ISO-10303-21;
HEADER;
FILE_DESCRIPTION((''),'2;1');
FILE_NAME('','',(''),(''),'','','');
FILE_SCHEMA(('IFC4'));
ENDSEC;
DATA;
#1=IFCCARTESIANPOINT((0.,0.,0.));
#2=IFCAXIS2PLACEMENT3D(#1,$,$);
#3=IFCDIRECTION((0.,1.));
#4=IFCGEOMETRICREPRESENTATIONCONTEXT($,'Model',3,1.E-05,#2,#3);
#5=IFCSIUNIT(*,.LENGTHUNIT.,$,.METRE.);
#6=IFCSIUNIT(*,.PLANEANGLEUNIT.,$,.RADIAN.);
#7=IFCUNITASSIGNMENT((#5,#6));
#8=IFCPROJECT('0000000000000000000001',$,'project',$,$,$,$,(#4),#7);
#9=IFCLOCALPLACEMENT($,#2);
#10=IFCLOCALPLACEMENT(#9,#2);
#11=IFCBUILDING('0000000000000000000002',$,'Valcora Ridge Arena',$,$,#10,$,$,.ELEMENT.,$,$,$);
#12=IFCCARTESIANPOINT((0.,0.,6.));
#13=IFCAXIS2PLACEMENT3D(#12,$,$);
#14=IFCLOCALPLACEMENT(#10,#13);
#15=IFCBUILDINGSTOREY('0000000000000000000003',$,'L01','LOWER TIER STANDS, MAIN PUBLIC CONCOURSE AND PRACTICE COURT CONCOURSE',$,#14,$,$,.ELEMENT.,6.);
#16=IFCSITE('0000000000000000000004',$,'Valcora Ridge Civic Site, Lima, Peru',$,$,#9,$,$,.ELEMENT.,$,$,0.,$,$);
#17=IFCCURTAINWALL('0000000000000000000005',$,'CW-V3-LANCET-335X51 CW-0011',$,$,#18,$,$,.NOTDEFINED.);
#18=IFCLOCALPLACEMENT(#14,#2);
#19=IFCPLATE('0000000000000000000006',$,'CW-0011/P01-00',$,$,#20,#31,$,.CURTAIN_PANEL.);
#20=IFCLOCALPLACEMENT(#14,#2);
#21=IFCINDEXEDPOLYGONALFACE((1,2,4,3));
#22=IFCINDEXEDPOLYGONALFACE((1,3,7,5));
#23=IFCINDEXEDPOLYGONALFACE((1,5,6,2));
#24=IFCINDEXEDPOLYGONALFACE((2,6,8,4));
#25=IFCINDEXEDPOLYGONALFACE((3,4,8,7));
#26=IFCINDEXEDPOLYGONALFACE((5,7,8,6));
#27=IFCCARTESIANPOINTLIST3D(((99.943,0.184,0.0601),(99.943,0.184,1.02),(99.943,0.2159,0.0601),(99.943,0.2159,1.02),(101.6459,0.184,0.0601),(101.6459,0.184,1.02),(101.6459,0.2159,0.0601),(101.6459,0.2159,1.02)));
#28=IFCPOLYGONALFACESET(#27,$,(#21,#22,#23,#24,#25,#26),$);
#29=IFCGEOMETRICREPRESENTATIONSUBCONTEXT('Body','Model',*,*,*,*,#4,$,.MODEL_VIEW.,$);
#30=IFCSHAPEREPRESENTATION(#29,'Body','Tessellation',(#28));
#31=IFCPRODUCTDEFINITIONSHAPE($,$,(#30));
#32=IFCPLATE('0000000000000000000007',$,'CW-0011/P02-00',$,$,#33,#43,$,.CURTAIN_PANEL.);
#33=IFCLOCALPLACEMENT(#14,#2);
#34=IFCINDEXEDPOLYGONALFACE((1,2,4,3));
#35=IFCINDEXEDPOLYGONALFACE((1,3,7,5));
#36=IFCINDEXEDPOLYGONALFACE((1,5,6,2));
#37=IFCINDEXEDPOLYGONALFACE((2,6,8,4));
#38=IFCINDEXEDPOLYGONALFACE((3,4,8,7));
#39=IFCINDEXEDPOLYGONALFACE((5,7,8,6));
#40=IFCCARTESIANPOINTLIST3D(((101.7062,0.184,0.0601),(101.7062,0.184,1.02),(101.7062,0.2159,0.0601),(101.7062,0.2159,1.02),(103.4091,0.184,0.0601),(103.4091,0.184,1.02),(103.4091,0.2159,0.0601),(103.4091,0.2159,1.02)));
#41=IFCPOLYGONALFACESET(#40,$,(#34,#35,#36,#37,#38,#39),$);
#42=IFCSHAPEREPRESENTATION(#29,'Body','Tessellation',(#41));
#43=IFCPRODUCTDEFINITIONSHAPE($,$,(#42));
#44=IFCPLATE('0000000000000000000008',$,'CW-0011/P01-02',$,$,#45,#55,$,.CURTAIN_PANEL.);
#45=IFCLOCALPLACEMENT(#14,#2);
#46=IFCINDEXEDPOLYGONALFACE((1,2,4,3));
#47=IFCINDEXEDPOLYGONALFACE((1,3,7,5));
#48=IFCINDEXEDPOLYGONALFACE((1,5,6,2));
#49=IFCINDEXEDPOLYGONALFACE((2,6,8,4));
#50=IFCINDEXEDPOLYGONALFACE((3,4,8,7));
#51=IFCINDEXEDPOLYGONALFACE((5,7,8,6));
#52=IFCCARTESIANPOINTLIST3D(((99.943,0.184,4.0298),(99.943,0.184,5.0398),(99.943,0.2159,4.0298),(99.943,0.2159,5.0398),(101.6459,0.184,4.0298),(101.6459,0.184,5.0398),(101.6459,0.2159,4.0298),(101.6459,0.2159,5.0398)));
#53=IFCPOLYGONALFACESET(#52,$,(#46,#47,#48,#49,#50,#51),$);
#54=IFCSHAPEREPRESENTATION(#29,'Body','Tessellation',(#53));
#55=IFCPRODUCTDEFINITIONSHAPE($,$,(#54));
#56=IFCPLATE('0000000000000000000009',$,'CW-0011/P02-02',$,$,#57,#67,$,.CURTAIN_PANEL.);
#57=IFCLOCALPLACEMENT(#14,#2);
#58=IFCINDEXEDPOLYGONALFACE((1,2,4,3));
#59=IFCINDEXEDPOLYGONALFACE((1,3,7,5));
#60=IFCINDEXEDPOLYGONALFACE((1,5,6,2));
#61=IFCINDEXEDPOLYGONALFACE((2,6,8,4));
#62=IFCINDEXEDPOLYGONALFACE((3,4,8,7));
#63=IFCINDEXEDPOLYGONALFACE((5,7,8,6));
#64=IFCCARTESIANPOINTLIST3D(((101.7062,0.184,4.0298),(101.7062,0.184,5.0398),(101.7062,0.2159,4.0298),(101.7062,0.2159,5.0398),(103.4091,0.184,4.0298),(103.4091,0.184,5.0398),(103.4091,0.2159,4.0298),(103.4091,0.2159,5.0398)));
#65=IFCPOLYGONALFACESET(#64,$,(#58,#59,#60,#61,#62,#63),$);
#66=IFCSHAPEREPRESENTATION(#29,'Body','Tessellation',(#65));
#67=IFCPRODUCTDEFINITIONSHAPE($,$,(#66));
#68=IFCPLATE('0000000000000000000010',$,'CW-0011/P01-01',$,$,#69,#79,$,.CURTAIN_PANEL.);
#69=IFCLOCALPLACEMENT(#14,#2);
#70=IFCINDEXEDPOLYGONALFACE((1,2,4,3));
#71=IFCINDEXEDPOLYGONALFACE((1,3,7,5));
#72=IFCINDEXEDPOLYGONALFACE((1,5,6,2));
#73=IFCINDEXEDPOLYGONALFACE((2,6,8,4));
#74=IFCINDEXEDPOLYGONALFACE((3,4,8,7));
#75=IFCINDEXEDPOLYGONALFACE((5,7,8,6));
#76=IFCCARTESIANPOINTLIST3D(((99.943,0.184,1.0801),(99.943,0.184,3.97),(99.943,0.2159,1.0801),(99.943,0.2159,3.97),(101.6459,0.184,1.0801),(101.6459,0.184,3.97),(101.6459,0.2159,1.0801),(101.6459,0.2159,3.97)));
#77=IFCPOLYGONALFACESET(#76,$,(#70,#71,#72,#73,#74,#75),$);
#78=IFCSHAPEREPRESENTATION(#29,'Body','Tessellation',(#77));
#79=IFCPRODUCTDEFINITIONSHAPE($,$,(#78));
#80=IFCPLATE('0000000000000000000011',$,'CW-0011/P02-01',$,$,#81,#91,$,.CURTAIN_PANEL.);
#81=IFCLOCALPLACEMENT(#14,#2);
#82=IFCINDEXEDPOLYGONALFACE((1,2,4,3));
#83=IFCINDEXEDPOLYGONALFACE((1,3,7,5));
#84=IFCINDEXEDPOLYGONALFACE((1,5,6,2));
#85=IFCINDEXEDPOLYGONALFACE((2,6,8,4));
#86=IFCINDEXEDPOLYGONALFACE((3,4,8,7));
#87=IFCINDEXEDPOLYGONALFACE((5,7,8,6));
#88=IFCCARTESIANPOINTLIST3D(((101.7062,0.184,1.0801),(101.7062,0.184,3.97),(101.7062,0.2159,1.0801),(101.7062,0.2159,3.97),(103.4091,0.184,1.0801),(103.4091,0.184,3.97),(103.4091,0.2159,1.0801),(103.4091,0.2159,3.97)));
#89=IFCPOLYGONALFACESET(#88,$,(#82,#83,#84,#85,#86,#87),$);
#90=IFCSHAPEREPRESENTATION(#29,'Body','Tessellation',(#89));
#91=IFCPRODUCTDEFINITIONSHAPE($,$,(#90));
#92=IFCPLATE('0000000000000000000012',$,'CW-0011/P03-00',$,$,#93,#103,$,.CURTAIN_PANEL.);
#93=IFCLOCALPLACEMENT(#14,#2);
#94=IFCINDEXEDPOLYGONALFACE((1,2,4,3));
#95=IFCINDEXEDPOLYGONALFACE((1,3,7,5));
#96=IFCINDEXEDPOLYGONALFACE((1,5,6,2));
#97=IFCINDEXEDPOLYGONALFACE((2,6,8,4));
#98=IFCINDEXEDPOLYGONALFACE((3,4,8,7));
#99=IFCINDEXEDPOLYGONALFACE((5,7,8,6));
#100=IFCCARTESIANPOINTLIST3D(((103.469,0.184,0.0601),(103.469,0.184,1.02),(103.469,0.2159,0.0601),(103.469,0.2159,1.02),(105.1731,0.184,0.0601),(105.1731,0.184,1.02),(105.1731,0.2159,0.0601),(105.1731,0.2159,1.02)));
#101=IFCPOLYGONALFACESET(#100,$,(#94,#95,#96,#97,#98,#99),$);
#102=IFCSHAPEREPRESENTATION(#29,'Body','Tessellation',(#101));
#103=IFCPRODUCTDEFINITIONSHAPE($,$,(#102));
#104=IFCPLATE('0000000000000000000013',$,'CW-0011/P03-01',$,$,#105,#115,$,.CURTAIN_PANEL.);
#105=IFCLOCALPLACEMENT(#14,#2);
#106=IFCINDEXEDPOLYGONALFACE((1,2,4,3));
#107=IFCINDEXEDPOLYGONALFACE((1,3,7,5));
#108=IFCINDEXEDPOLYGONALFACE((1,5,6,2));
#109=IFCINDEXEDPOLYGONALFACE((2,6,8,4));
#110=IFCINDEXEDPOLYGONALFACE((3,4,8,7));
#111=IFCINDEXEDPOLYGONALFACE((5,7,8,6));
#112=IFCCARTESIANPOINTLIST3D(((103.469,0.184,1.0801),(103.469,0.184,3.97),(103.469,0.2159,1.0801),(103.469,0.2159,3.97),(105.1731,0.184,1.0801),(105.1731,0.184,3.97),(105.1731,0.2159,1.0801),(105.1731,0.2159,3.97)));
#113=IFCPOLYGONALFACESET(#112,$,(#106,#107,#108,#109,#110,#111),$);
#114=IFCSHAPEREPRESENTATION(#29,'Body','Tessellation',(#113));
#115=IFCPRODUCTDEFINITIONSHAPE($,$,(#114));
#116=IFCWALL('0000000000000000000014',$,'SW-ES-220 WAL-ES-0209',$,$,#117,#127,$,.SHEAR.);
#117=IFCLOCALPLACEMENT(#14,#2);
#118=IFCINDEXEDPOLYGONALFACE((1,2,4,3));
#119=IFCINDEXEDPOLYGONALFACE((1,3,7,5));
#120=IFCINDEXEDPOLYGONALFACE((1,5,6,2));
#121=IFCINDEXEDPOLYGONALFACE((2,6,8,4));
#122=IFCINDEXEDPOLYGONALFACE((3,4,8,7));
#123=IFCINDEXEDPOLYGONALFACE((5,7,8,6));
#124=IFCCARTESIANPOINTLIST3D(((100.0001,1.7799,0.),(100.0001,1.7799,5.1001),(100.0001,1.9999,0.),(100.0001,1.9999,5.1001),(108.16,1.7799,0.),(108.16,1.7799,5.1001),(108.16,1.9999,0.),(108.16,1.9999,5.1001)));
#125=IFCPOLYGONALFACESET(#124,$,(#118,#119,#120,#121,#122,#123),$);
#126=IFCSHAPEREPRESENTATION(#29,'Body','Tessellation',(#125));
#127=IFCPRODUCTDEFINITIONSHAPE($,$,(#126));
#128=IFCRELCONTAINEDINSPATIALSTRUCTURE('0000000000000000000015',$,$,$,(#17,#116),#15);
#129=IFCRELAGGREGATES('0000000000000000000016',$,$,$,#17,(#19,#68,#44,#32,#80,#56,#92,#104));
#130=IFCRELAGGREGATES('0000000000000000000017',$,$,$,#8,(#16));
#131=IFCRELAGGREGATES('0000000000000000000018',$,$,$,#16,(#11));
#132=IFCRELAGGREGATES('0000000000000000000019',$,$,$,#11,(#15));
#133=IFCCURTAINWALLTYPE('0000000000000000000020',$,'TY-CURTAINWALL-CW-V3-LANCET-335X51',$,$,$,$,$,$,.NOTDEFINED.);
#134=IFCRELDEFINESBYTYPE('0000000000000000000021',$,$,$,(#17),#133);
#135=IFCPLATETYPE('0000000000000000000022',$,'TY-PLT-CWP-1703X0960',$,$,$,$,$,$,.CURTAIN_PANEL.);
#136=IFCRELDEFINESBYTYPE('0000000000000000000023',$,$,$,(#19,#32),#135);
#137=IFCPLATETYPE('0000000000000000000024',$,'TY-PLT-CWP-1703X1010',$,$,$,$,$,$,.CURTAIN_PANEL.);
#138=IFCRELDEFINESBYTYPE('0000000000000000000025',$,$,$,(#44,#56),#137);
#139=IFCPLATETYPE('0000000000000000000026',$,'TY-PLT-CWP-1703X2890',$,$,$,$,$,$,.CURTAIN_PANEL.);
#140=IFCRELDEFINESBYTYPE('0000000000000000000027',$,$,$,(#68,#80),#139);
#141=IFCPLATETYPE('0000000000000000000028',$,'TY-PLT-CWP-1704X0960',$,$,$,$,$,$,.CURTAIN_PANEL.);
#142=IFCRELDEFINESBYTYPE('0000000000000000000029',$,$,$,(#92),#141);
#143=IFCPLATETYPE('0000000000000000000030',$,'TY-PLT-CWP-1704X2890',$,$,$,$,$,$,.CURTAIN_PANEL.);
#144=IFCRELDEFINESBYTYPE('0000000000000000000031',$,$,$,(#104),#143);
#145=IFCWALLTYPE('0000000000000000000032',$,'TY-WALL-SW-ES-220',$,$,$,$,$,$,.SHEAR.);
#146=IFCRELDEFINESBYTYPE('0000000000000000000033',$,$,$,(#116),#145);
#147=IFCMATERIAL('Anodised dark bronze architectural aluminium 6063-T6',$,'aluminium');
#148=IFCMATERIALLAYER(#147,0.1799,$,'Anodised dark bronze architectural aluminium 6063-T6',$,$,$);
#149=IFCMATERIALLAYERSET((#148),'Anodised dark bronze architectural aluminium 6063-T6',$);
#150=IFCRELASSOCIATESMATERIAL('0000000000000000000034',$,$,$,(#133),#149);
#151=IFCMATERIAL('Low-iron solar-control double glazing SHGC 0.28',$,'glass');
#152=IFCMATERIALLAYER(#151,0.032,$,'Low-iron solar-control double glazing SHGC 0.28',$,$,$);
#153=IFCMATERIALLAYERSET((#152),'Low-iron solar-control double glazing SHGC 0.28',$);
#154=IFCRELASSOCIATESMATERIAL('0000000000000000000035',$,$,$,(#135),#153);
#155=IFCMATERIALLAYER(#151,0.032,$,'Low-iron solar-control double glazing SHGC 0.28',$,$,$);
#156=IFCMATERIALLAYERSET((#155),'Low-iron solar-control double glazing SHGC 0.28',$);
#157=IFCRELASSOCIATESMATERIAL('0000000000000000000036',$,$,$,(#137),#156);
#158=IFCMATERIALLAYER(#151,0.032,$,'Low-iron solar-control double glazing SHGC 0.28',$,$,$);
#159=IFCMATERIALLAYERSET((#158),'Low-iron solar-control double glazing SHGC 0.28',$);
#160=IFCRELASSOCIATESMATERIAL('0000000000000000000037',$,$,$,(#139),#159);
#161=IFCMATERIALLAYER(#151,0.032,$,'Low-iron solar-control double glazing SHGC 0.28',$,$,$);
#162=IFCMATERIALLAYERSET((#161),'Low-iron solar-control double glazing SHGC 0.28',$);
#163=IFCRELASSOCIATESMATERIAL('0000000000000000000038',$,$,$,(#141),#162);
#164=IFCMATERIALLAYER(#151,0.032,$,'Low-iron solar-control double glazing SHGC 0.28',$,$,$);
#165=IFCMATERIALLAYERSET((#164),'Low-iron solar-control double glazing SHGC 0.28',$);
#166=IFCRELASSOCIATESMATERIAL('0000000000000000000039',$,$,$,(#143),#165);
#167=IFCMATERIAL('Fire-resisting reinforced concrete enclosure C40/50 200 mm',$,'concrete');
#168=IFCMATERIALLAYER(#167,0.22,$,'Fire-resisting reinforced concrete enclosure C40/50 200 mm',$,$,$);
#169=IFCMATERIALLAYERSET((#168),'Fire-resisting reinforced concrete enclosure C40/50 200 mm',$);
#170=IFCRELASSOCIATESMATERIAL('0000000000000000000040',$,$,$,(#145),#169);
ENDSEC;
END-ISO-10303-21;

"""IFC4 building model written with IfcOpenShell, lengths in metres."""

from ifc_helpers import new_model, si_unit, direction, frame, frame_2d, origin, origin_2d, place, context, subcontext, project, spatial, rectangle, extrude, material, layer, layer_set, type_object, element, aggregate, save


model = new_model("IFC4")

# Units and contexts
model_context = context("Model", 3, precision=1e-05, world=origin(), true_north=direction((0.0, 1.0)))
body_context = subcontext(model_context, "Body", "Model", "MODEL_VIEW")
ifc_project = project(units=[si_unit("LENGTHUNIT", "METRE"), si_unit("PLANEANGLEUNIT", "RADIAN")], contexts=[model_context])

# Site, building, storey
site_placement = place(None, origin())
site = spatial("IfcSite", under=ifc_project, at=site_placement, Name="Valcora Ridge Civic Site, Lima, Peru", CompositionType="ELEMENT", RefElevation=0.0)
building_placement = place(site_placement, origin())
building = spatial("IfcBuilding", under=site, at=building_placement, Name="Valcora Ridge Arena", CompositionType="ELEMENT")
storey_placement = place(building_placement, frame((0.0, 0.0, 6.0)))
storey = spatial("IfcBuildingStorey", under=building, at=storey_placement, Name="L01", Description="LOWER TIER STANDS, MAIN PUBLIC CONCOURSE AND PRACTICE COURT CONCOURSE", CompositionType="ELEMENT", Elevation=6.0)

# Curtain wall, plates
ifc_material_1 = material(Name="Anodised dark bronze architectural aluminium 6063-T6", Category="aluminium")
ifc_layer_1 = layer(ifc_material_1, 0.1799, Name="Anodised dark bronze architectural aluminium 6063-T6")
ifc_layer_set_1 = layer_set([ifc_layer_1], Name="Anodised dark bronze architectural aluminium 6063-T6")
curtain_wall_type = type_object("IfcCurtainWallType", Name="TY-CURTAINWALL-CW-V3-LANCET-335X51", PredefinedType="NOTDEFINED", material=ifc_layer_set_1)
curtain_wall_placement = place(storey_placement, origin())
curtain_wall = element("IfcCurtainWall", 1, at=curtain_wall_placement, inside=storey, type_object=curtain_wall_type, Name="CW-V3-LANCET-335X51 CW-0011", PredefinedType="NOTDEFINED")
ifc_material_2 = material(Name="Low-iron solar-control double glazing SHGC 0.28", Category="glass")
ifc_layer_2 = layer(ifc_material_2, 0.032, Name="Low-iron solar-control double glazing SHGC 0.28")
ifc_layer_set_2 = layer_set([ifc_layer_2], Name="Low-iron solar-control double glazing SHGC 0.28")
plate_type_1 = type_object("IfcPlateType", Name="TY-PLT-CWP-1703X0960", PredefinedType="CURTAIN_PANEL", material=ifc_layer_set_2)
plate_1_placement = place(storey_placement, frame((100.7944, 0.2, 0.0601), z_axis=(0.0, 0.0, 1.0), x_axis=(1.0, 0.0, 0.0)))
plate_1 = element("IfcPlate", 2, at=plate_1_placement, type_object=plate_type_1, Name="CW-0011/P01-00", PredefinedType="CURTAIN_PANEL", context=body_context, shape_type="SweptSolid", body=[
    extrude(rectangle(XDim=1.7029, YDim=0.032, at=origin_2d()), origin(), (0.0, 0.0, 1.0), 0.96),
])
plate_2_placement = place(storey_placement, frame((102.5576, 0.2, 0.0601), z_axis=(0.0, 0.0, 1.0), x_axis=(1.0, 0.0, 0.0)))
plate_2 = element("IfcPlate", 3, at=plate_2_placement, type_object=plate_type_1, Name="CW-0011/P02-00", PredefinedType="CURTAIN_PANEL", context=body_context, shape_type="SweptSolid", body=[
    extrude(rectangle(XDim=1.7029, YDim=0.032, at=origin_2d()), origin(), (0.0, 0.0, 1.0), 0.96),
])
ifc_layer_3 = layer(ifc_material_2, 0.032, Name="Low-iron solar-control double glazing SHGC 0.28")
ifc_layer_set_3 = layer_set([ifc_layer_3], Name="Low-iron solar-control double glazing SHGC 0.28")
plate_type_2 = type_object("IfcPlateType", Name="TY-PLT-CWP-1703X1010", PredefinedType="CURTAIN_PANEL", material=ifc_layer_set_3)
plate_3_placement = place(storey_placement, frame((100.7944, 0.2, 4.0298), z_axis=(0.0, 0.0, 1.0), x_axis=(1.0, 0.0, 0.0)))
plate_3 = element("IfcPlate", 4, at=plate_3_placement, type_object=plate_type_2, Name="CW-0011/P01-02", PredefinedType="CURTAIN_PANEL", context=body_context, shape_type="SweptSolid", body=[
    extrude(rectangle(XDim=1.7029, YDim=0.032, at=origin_2d()), origin(), (0.0, 0.0, 1.0), 1.01),
])
plate_4_placement = place(storey_placement, frame((102.5576, 0.2, 4.0298), z_axis=(0.0, 0.0, 1.0), x_axis=(1.0, 0.0, 0.0)))
plate_4 = element("IfcPlate", 5, at=plate_4_placement, type_object=plate_type_2, Name="CW-0011/P02-02", PredefinedType="CURTAIN_PANEL", context=body_context, shape_type="SweptSolid", body=[
    extrude(rectangle(XDim=1.7029, YDim=0.032, at=origin_2d()), origin(), (0.0, 0.0, 1.0), 1.01),
])
ifc_layer_4 = layer(ifc_material_2, 0.032, Name="Low-iron solar-control double glazing SHGC 0.28")
ifc_layer_set_4 = layer_set([ifc_layer_4], Name="Low-iron solar-control double glazing SHGC 0.28")
plate_type_3 = type_object("IfcPlateType", Name="TY-PLT-CWP-1703X2890", PredefinedType="CURTAIN_PANEL", material=ifc_layer_set_4)
plate_5_placement = place(storey_placement, frame((100.7944, 0.2, 1.0801), z_axis=(0.0, 0.0, 1.0), x_axis=(1.0, 0.0, 0.0)))
plate_5 = element("IfcPlate", 6, at=plate_5_placement, type_object=plate_type_3, Name="CW-0011/P01-01", PredefinedType="CURTAIN_PANEL", context=body_context, shape_type="SweptSolid", body=[
    extrude(rectangle(XDim=1.7029, YDim=0.032, at=origin_2d()), origin(), (0.0, 0.0, 1.0), 2.8899),
])
plate_6_placement = place(storey_placement, frame((102.5576, 0.2, 1.0801), z_axis=(0.0, 0.0, 1.0), x_axis=(1.0, 0.0, 0.0)))
plate_6 = element("IfcPlate", 7, at=plate_6_placement, type_object=plate_type_3, Name="CW-0011/P02-01", PredefinedType="CURTAIN_PANEL", context=body_context, shape_type="SweptSolid", body=[
    extrude(rectangle(XDim=1.7029, YDim=0.032, at=origin_2d()), origin(), (0.0, 0.0, 1.0), 2.8899),
])
ifc_layer_5 = layer(ifc_material_2, 0.032, Name="Low-iron solar-control double glazing SHGC 0.28")
ifc_layer_set_5 = layer_set([ifc_layer_5], Name="Low-iron solar-control double glazing SHGC 0.28")
plate_type_4 = type_object("IfcPlateType", Name="TY-PLT-CWP-1704X0960", PredefinedType="CURTAIN_PANEL", material=ifc_layer_set_5)
plate_7_placement = place(storey_placement, frame((104.321, 0.2, 0.0601), z_axis=(0.0, 0.0, 1.0), x_axis=(1.0, 0.0, 0.0)))
plate_7 = element("IfcPlate", 8, at=plate_7_placement, type_object=plate_type_4, Name="CW-0011/P03-00", PredefinedType="CURTAIN_PANEL", context=body_context, shape_type="SweptSolid", body=[
    extrude(rectangle(XDim=1.7041, YDim=0.032, at=origin_2d()), origin(), (0.0, 0.0, 1.0), 0.96),
])
ifc_layer_6 = layer(ifc_material_2, 0.032, Name="Low-iron solar-control double glazing SHGC 0.28")
ifc_layer_set_6 = layer_set([ifc_layer_6], Name="Low-iron solar-control double glazing SHGC 0.28")
plate_type_5 = type_object("IfcPlateType", Name="TY-PLT-CWP-1704X2890", PredefinedType="CURTAIN_PANEL", material=ifc_layer_set_6)
plate_8_placement = place(storey_placement, frame((104.321, 0.2, 1.0801), z_axis=(0.0, 0.0, 1.0), x_axis=(1.0, 0.0, 0.0)))
plate_8 = element("IfcPlate", 9, at=plate_8_placement, type_object=plate_type_5, Name="CW-0011/P03-01", PredefinedType="CURTAIN_PANEL", context=body_context, shape_type="SweptSolid", body=[
    extrude(rectangle(XDim=1.7041, YDim=0.032, at=origin_2d()), origin(), (0.0, 0.0, 1.0), 2.8899),
])
aggregate(curtain_wall, [plate_1, plate_5, plate_3, plate_2, plate_6, plate_4, plate_7, plate_8])

# Wall
ifc_material_3 = material(Name="Fire-resisting reinforced concrete enclosure C40/50 200 mm", Category="concrete")
ifc_layer_7 = layer(ifc_material_3, 0.22, Name="Fire-resisting reinforced concrete enclosure C40/50 200 mm")
ifc_layer_set_7 = layer_set([ifc_layer_7], Name="Fire-resisting reinforced concrete enclosure C40/50 200 mm")
wall_type = type_object("IfcWallType", Name="TY-WALL-SW-ES-220", PredefinedType="SHEAR", material=ifc_layer_set_7)
wall_placement = place(storey_placement, frame((100.0, 1.8899, 0.0), z_axis=(0.0, 0.0, 1.0), x_axis=(1.0, 0.0, 0.0)))
element("IfcWall", 10, at=wall_placement, inside=storey, type_object=wall_type, Name="SW-ES-220 WAL-ES-0209", PredefinedType="SHEAR", context=body_context, shape_type="SweptSolid", body=[
    extrude(rectangle(XDim=8.1599, YDim=0.22, at=frame_2d((4.0801, 0.0))), origin(), (0.0, 0.0, 1.0), 5.1001),
])

save(model, "model.ifc")
